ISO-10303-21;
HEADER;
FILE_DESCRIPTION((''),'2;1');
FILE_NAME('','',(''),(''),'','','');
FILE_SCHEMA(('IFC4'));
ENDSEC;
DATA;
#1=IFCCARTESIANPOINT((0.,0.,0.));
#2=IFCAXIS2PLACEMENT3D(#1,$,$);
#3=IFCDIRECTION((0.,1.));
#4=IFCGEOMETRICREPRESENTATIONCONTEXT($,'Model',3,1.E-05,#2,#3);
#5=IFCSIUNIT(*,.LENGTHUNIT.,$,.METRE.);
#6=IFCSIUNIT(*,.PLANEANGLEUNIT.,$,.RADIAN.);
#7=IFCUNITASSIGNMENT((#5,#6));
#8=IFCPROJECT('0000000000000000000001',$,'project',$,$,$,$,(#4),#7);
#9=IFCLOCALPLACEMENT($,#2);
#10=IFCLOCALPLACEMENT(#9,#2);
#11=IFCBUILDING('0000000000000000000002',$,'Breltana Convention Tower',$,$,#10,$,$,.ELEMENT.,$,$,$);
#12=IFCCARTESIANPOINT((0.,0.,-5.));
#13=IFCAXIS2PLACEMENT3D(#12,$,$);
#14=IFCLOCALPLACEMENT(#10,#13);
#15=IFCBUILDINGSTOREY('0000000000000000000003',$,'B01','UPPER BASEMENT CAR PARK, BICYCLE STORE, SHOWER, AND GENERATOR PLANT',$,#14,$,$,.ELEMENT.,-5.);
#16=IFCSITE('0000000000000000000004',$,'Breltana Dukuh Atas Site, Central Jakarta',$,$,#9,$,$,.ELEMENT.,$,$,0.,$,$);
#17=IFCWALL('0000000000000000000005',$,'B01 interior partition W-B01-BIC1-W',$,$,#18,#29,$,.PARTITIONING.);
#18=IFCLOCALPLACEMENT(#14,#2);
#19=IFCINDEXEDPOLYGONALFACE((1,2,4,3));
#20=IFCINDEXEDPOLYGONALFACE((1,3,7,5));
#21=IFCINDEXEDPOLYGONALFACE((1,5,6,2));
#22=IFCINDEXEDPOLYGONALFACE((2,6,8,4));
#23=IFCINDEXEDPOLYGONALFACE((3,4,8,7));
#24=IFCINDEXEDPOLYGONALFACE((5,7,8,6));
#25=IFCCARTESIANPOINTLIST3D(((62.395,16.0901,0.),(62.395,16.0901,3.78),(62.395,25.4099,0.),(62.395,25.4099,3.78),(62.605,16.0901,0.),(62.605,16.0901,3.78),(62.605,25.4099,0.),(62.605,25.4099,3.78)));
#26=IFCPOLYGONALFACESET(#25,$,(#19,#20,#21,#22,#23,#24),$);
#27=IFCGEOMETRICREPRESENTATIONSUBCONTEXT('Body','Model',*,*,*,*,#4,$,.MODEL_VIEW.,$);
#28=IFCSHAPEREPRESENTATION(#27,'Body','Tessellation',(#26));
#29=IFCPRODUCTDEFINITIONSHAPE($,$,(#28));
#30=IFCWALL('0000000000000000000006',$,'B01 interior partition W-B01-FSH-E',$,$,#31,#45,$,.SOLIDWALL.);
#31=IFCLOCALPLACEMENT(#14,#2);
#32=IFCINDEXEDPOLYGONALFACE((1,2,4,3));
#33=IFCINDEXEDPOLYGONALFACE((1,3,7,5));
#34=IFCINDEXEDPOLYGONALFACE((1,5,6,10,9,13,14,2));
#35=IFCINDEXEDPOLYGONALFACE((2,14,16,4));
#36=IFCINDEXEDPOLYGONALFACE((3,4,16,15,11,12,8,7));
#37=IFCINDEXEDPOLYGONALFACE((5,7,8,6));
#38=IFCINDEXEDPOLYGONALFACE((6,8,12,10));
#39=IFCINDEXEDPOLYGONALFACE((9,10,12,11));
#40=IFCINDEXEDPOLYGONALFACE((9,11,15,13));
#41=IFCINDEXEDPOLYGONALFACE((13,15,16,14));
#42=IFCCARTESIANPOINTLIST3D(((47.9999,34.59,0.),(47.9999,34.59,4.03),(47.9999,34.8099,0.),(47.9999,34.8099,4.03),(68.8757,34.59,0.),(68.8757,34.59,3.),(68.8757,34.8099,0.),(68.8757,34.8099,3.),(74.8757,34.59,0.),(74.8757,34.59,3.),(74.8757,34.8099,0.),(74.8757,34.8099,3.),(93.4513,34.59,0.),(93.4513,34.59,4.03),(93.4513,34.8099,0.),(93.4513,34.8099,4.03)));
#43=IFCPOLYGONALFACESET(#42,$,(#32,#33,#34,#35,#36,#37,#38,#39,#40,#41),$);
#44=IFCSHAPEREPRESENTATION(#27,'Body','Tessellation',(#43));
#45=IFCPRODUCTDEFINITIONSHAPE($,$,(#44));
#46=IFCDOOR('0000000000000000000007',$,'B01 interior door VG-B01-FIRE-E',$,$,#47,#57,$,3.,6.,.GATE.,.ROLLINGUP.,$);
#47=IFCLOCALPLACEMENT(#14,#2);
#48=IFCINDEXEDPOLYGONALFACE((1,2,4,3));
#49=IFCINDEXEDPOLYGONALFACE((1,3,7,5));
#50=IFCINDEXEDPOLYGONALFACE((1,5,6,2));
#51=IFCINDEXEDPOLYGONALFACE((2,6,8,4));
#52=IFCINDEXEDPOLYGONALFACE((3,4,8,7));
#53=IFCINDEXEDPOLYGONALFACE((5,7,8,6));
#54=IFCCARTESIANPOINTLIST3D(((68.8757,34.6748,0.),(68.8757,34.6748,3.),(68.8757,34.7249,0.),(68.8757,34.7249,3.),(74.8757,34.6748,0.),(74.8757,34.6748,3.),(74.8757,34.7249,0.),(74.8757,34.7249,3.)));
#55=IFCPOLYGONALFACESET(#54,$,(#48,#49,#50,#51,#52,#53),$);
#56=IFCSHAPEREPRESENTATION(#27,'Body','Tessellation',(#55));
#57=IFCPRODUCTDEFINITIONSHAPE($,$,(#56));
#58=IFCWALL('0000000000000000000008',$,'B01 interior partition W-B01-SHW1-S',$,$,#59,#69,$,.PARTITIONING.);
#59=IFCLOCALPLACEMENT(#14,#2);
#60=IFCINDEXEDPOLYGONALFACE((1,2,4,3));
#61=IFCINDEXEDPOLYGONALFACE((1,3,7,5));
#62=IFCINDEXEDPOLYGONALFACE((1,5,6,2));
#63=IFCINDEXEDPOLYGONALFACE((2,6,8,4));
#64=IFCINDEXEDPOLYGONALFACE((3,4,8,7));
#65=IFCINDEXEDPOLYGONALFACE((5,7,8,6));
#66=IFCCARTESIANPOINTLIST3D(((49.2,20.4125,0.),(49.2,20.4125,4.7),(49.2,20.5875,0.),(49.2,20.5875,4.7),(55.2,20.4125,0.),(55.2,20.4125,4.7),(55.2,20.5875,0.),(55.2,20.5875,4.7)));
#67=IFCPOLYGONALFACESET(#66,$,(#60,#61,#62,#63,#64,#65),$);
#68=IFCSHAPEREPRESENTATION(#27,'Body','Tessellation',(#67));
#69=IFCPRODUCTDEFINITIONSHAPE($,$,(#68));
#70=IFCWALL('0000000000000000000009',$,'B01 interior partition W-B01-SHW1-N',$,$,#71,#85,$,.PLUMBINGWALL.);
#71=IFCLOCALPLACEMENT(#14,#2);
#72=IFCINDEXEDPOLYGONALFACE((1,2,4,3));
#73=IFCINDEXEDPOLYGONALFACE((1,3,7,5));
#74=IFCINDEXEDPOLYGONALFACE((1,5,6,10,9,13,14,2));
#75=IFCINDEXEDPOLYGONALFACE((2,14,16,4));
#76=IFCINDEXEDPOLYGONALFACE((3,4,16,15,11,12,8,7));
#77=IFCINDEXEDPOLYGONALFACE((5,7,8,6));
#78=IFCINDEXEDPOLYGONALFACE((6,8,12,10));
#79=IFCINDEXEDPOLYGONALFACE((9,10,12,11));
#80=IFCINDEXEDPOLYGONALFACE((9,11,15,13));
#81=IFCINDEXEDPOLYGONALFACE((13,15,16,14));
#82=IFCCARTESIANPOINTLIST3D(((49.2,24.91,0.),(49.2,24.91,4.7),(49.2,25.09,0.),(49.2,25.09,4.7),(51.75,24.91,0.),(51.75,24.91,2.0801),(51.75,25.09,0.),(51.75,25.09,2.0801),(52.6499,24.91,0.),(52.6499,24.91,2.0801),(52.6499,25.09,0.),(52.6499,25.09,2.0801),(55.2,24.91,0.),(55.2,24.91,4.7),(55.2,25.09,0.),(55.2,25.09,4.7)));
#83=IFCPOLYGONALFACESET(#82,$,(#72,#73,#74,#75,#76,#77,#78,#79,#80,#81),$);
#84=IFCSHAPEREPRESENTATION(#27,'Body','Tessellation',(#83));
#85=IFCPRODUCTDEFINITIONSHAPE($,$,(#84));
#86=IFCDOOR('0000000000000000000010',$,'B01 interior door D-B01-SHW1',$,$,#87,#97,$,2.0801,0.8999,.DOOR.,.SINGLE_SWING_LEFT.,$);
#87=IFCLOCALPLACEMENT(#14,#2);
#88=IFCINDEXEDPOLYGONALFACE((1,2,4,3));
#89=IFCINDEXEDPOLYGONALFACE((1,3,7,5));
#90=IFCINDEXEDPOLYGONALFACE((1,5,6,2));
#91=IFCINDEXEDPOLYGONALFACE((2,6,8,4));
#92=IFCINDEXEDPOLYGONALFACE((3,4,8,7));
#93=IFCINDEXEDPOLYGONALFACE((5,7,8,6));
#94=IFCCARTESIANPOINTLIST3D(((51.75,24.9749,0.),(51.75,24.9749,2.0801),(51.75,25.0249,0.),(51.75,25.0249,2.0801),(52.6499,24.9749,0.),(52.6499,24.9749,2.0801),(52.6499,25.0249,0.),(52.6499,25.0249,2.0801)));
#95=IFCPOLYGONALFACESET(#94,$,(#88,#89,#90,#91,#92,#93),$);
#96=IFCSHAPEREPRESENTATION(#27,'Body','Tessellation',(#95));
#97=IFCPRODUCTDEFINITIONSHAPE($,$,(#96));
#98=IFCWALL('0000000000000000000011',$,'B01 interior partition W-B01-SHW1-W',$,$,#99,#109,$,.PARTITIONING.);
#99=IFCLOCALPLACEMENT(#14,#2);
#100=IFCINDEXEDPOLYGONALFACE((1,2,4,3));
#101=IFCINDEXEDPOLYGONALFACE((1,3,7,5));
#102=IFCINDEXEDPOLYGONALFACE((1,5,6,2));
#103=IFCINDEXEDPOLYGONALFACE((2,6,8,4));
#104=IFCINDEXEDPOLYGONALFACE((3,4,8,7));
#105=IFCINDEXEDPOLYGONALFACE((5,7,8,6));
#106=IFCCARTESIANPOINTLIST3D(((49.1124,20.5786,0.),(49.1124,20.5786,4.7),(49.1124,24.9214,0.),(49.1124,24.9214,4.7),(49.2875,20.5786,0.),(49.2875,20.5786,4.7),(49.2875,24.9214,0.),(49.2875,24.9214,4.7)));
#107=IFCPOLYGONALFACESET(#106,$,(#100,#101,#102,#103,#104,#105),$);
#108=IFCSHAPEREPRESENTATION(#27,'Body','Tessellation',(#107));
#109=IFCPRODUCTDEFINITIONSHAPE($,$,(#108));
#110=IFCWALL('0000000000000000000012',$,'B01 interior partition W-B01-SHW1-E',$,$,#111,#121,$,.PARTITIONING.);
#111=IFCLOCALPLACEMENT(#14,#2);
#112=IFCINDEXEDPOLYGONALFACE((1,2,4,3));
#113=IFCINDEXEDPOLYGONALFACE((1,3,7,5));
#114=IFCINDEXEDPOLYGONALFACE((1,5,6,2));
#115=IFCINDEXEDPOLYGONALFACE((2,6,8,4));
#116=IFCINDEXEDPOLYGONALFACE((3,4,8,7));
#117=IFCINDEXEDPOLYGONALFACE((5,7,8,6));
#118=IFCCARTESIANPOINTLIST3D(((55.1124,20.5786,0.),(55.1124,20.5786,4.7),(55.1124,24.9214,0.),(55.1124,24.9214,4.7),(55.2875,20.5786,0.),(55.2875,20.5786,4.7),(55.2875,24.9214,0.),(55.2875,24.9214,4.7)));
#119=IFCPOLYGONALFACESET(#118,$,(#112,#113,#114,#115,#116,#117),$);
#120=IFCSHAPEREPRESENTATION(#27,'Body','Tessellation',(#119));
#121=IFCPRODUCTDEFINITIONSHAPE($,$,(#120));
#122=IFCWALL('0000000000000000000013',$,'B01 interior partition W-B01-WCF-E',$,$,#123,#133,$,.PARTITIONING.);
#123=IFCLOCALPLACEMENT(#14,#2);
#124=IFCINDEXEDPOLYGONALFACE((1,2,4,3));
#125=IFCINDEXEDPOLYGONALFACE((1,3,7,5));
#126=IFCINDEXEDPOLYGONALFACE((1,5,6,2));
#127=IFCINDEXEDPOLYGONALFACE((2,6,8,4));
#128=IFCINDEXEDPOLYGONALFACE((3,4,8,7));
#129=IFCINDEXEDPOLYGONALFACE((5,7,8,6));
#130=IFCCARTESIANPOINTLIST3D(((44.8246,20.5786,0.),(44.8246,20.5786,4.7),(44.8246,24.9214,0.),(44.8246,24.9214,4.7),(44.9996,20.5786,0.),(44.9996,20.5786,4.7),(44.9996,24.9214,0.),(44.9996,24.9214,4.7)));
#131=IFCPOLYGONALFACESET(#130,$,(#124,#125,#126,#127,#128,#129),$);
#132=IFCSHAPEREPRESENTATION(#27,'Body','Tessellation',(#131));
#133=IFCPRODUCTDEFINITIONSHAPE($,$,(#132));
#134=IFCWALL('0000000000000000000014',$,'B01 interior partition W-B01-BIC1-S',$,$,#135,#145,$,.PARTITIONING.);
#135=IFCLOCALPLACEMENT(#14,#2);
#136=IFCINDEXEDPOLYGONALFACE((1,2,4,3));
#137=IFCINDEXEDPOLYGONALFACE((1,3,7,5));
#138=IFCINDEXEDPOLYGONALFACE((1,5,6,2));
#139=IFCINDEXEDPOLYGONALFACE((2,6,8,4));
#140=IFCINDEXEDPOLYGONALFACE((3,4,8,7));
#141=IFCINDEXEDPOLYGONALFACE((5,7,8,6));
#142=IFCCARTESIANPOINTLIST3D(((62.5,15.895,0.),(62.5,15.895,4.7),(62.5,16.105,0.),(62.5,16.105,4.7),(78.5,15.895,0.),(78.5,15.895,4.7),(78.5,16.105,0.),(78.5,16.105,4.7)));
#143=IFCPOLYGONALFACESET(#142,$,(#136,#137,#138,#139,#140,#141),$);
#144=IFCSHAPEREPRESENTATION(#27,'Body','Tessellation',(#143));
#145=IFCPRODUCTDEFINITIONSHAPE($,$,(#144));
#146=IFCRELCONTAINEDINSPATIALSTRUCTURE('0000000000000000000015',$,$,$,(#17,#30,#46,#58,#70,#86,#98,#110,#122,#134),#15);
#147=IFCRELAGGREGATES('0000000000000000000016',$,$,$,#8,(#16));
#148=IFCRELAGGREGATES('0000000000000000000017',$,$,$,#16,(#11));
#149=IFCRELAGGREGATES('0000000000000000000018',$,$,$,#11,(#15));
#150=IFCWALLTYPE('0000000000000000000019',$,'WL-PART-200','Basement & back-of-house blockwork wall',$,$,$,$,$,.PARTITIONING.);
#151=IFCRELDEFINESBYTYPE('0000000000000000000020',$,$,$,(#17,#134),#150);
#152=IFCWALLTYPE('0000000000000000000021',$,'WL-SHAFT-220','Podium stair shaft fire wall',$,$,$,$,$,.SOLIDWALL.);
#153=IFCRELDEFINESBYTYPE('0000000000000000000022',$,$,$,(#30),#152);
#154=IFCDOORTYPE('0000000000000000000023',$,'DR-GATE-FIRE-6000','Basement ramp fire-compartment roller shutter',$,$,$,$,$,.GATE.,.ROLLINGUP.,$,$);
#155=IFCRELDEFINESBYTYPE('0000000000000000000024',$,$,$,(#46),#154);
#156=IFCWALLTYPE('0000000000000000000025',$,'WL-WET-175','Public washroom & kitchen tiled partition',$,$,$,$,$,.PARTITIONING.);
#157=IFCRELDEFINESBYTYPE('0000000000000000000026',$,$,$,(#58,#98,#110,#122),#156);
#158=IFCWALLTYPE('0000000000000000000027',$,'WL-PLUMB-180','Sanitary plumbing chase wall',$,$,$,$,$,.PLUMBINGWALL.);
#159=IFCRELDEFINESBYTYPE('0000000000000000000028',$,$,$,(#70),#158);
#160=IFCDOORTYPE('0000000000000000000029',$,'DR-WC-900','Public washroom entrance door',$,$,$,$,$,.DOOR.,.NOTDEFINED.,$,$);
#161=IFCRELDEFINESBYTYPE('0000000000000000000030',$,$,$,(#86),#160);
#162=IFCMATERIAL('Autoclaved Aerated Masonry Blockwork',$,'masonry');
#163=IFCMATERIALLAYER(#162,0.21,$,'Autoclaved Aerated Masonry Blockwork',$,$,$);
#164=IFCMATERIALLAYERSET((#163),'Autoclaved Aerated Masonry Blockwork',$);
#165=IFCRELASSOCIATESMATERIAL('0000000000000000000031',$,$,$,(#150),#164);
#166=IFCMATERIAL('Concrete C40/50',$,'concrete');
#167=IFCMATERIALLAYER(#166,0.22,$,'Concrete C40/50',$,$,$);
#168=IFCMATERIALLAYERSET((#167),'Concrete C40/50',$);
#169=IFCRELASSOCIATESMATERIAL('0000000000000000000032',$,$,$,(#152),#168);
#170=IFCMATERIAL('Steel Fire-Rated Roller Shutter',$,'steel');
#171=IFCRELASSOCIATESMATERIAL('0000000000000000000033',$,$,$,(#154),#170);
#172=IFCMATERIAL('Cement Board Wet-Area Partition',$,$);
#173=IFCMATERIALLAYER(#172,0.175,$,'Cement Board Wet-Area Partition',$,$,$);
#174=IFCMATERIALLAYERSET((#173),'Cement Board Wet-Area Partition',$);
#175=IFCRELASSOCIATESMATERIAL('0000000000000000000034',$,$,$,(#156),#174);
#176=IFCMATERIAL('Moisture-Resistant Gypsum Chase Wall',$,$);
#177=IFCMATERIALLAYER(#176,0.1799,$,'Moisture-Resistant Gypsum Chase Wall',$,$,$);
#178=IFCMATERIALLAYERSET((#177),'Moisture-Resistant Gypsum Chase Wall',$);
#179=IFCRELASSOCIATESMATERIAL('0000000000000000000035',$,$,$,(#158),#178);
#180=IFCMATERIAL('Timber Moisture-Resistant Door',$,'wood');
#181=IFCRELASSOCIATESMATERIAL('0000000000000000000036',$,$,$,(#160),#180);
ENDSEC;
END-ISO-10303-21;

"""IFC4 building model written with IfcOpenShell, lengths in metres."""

from ifc_helpers import new_model, si_unit, direction, frame, frame_2d, origin, place, context, subcontext, project, spatial, rectangle, extrude, source, transform, mapped, material, layer, layer_set, type_object, type_shapes, element, fill, save


model = new_model("IFC4")

# Units and contexts
model_context = context("Model", 3, precision=1e-05, world=origin(), true_north=direction((0.0, 1.0)))
body_context = subcontext(model_context, "Body", "Model", "MODEL_VIEW")
ifc_project = project(units=[si_unit("LENGTHUNIT", "METRE"), si_unit("PLANEANGLEUNIT", "RADIAN")], contexts=[model_context])

# Site, building, storey
site_placement = place(None, origin())
site = spatial("IfcSite", under=ifc_project, at=site_placement, Name="Breltana Dukuh Atas Site, Central Jakarta", CompositionType="ELEMENT", RefElevation=0.0)
building_placement = place(site_placement, origin())
building = spatial("IfcBuilding", under=site, at=building_placement, Name="Breltana Convention Tower", CompositionType="ELEMENT")
storey_placement = place(building_placement, frame((0.0, 0.0, -5.0)))
storey = spatial("IfcBuildingStorey", under=building, at=storey_placement, Name="B01", Description="UPPER BASEMENT CAR PARK, BICYCLE STORE, SHOWER, AND GENERATOR PLANT", CompositionType="ELEMENT", Elevation=-5.0)

# Shared definitions
ifc_material_1 = material(Name="Concrete C40/50", Category="concrete")

# Wall
ifc_material_2 = material(Name="Autoclaved Aerated Masonry Blockwork", Category="masonry")
ifc_layer_1 = layer(ifc_material_2, 0.21, Name="Autoclaved Aerated Masonry Blockwork")
ifc_layer_set_1 = layer_set([ifc_layer_1], Name="Autoclaved Aerated Masonry Blockwork")
wall_type_1 = type_object("IfcWallType", Name="WL-PART-200", Description="Basement & back-of-house blockwork wall", PredefinedType="PARTITIONING", material=ifc_layer_set_1)
shared_shape_1 = source(origin(), body_context, "Body", "SweptSolid", [
    extrude(rectangle(XDim=9.3198, YDim=0.21, at=frame_2d((4.6599, 0.0))), origin(), (0.0, 0.0, 1.0), 3.78),
])
wall_1_placement = place(storey_placement, frame((62.5, 16.0901, 0.0), z_axis=(0.0, 0.0, 1.0), x_axis=(0.0, 1.0, 0.0)))
element("IfcWall", 1, at=wall_1_placement, inside=storey, type_object=wall_type_1, Name="B01 interior partition W-B01-BIC1-W", PredefinedType="PARTITIONING", context=body_context, shape_type="MappedRepresentation", body=[
    mapped(shared_shape_1, transform((0.0, 0.0, 0.0), scale=1.0)),
])

# Wall, opening, door
ifc_layer_2 = layer(ifc_material_1, 0.22, Name="Concrete C40/50")
ifc_layer_set_2 = layer_set([ifc_layer_2], Name="Concrete C40/50")
wall_type_2 = type_object("IfcWallType", Name="WL-SHAFT-220", Description="Podium stair shaft fire wall", PredefinedType="SOLIDWALL", material=ifc_layer_set_2)
shared_shape_2 = source(origin(), body_context, "Body", "SweptSolid", [
    extrude(rectangle(XDim=45.4514, YDim=0.22, at=frame_2d((22.7256, 0.0))), origin(), (0.0, 0.0, 1.0), 4.03),
])
wall_2_placement = place(storey_placement, frame((48.0, 34.7, 0.0), z_axis=(0.0, 0.0, 1.0), x_axis=(1.0, 0.0, 0.0)))
wall_2 = element("IfcWall", 2, at=wall_2_placement, inside=storey, type_object=wall_type_2, Name="B01 interior partition W-B01-FSH-E", PredefinedType="SOLIDWALL", context=body_context, shape_type="MappedRepresentation", body=[
    mapped(shared_shape_2, transform((0.0, 0.0, 0.0), scale=1.0)),
])
opening_1_placement = place(wall_2_placement, frame((20.8757, 0.0, 0.0)))
opening_1 = element("IfcOpeningElement", 3, at=opening_1_placement, cuts=wall_2, PredefinedType="OPENING", context=body_context, shape_type="SweptSolid", body=[
    extrude(rectangle(XDim=6.0, YDim=3.0, at=frame_2d((3.0, 1.5))), frame((0.0, 0.1201, 0.0), z_axis=(0.0, -1.0, 0.0), x_axis=(1.0, 0.0, 0.0)), (0.0, 0.0, 1.0), 0.24),
])
ifc_material_3 = material(Name="Steel Fire-Rated Roller Shutter", Category="steel")
door_type_1 = type_object("IfcDoorType", Name="DR-GATE-FIRE-6000", Description="Basement ramp fire-compartment roller shutter", OperationType="ROLLINGUP", PredefinedType="GATE", material=ifc_material_3)
shared_shape_3 = source(origin(), body_context, "Body", "SweptSolid", [
    extrude(rectangle(XDim=6.0, YDim=3.0, at=frame_2d((3.0, 1.5))), frame((0.0, 0.0249, 0.0), z_axis=(0.0, -1.0, 0.0), x_axis=(1.0, 0.0, 0.0)), (0.0, 0.0, 1.0), 0.05),
])
type_shapes(door_type_1, [shared_shape_3])
door_1_placement = place(opening_1_placement, origin())
door_1 = element("IfcDoor", 4, at=door_1_placement, inside=storey, type_object=door_type_1, Name="B01 interior door VG-B01-FIRE-E", OperationType="ROLLINGUP", OverallHeight=3.0, OverallWidth=6.0, PredefinedType="GATE", context=body_context, shape_type="MappedRepresentation", body=[
    mapped(shared_shape_3, transform((0.0, 0.0, 0.0), scale=1.0)),
])
fill(opening_1, door_1)

# Wall
ifc_material_4 = material(Name="Cement Board Wet-Area Partition")
ifc_layer_3 = layer(ifc_material_4, 0.175, Name="Cement Board Wet-Area Partition")
ifc_layer_set_3 = layer_set([ifc_layer_3], Name="Cement Board Wet-Area Partition")
wall_type_3 = type_object("IfcWallType", Name="WL-WET-175", Description="Public washroom & kitchen tiled partition", PredefinedType="PARTITIONING", material=ifc_layer_set_3)
shared_shape_4 = source(origin(), body_context, "Body", "SweptSolid", [
    extrude(rectangle(XDim=6.0, YDim=0.175, at=frame_2d((3.0, 0.0))), origin(), (0.0, 0.0, 1.0), 4.7),
])
type_shapes(wall_type_3, [shared_shape_4])
wall_3_placement = place(storey_placement, frame((49.2, 20.5, 0.0), z_axis=(0.0, 0.0, 1.0), x_axis=(1.0, 0.0, 0.0)))
element("IfcWall", 5, at=wall_3_placement, inside=storey, type_object=wall_type_3, Name="B01 interior partition W-B01-SHW1-S", PredefinedType="PARTITIONING", context=body_context, shape_type="MappedRepresentation", body=[
    mapped(shared_shape_4, transform((0.0, 0.0, 0.0), scale=1.0)),
])

# Wall, opening, door
ifc_material_5 = material(Name="Moisture-Resistant Gypsum Chase Wall")
ifc_layer_4 = layer(ifc_material_5, 0.1799, Name="Moisture-Resistant Gypsum Chase Wall")
ifc_layer_set_4 = layer_set([ifc_layer_4], Name="Moisture-Resistant Gypsum Chase Wall")
wall_type_4 = type_object("IfcWallType", Name="WL-PLUMB-180", Description="Sanitary plumbing chase wall", PredefinedType="PLUMBINGWALL", material=ifc_layer_set_4)
shared_shape_5 = source(origin(), body_context, "Body", "SweptSolid", [
    extrude(rectangle(XDim=6.0, YDim=0.1799, at=frame_2d((3.0, 0.0))), origin(), (0.0, 0.0, 1.0), 4.7),
])
type_shapes(wall_type_4, [shared_shape_5])
wall_4_placement = place(storey_placement, frame((49.2, 25.0, 0.0), z_axis=(0.0, 0.0, 1.0), x_axis=(1.0, 0.0, 0.0)))
wall_4 = element("IfcWall", 6, at=wall_4_placement, inside=storey, type_object=wall_type_4, Name="B01 interior partition W-B01-SHW1-N", PredefinedType="PLUMBINGWALL", context=body_context, shape_type="MappedRepresentation", body=[
    mapped(shared_shape_5, transform((0.0, 0.0, 0.0), scale=1.0)),
])
opening_2_placement = place(wall_4_placement, frame((2.55, 0.0, 0.0)))
opening_2 = element("IfcOpeningElement", 7, at=opening_2_placement, cuts=wall_4, PredefinedType="OPENING", context=body_context, shape_type="SweptSolid", body=[
    extrude(rectangle(XDim=0.8999, YDim=2.0801, at=frame_2d((0.45, 1.04))), frame((0.0, 0.1001, 0.0), z_axis=(0.0, -1.0, 0.0), x_axis=(1.0, 0.0, 0.0)), (0.0, 0.0, 1.0), 0.2),
])
ifc_material_6 = material(Name="Timber Moisture-Resistant Door", Category="wood")
door_type_2 = type_object("IfcDoorType", Name="DR-WC-900", Description="Public washroom entrance door", OperationType="NOTDEFINED", PredefinedType="DOOR", material=ifc_material_6)
shared_shape_6 = source(origin(), body_context, "Body", "SweptSolid", [
    extrude(rectangle(XDim=0.8999, YDim=2.0801, at=frame_2d((0.45, 1.04))), frame((0.0, 0.0249, 0.0), z_axis=(0.0, -1.0, 0.0), x_axis=(1.0, 0.0, 0.0)), (0.0, 0.0, 1.0), 0.05),
])
type_shapes(door_type_2, [shared_shape_6])
door_2_placement = place(opening_2_placement, origin())
door_2 = element("IfcDoor", 8, at=door_2_placement, inside=storey, type_object=door_type_2, Name="B01 interior door D-B01-SHW1", OperationType="SINGLE_SWING_LEFT", OverallHeight=2.0801, OverallWidth=0.8999, PredefinedType="DOOR", context=body_context, shape_type="MappedRepresentation", body=[
    mapped(shared_shape_6, transform((0.0, 0.0, 0.0), scale=1.0)),
])
fill(opening_2, door_2)

# Walls
shared_shape_7 = source(origin(), body_context, "Body", "SweptSolid", [
    extrude(rectangle(XDim=4.3428, YDim=0.175, at=frame_2d((2.1714, 0.0))), origin(), (0.0, 0.0, 1.0), 4.7),
])
for number, where, z_axis, x_axis, name in (
    (9, (49.2, 20.5786, 0.0), (0.0, 0.0, 1.0), (0.0, 1.0, 0.0), "B01 interior partition W-B01-SHW1-W"),
    (10, (55.2, 20.5786, 0.0), (0.0, 0.0, 1.0), (0.0, 1.0, 0.0), "B01 interior partition W-B01-SHW1-E"),
    (11, (44.9121, 20.5786, 0.0), (0.0, 0.0, 1.0), (0.0, 1.0, 0.0), "B01 interior partition W-B01-WCF-E"),
):
    element("IfcWall", number, at=place(storey_placement, frame(where, z_axis=z_axis, x_axis=x_axis)), inside=storey, type_object=wall_type_3, Name=name, PredefinedType="PARTITIONING", context=body_context, shape_type="MappedRepresentation", body=[
        mapped(shared_shape_7, transform((0.0, 0.0, 0.0), scale=1.0)),
    ])
shared_shape_8 = source(origin(), body_context, "Body", "SweptSolid", [
    extrude(rectangle(XDim=16.0, YDim=0.21, at=frame_2d((8.0, 0.0))), origin(), (0.0, 0.0, 1.0), 4.7),
])
wall_5_placement = place(storey_placement, frame((62.5, 16.0, 0.0), z_axis=(0.0, 0.0, 1.0), x_axis=(1.0, 0.0, 0.0)))
element("IfcWall", 12, at=wall_5_placement, inside=storey, type_object=wall_type_1, Name="B01 interior partition W-B01-BIC1-S", PredefinedType="PARTITIONING", context=body_context, shape_type="MappedRepresentation", body=[
    mapped(shared_shape_8, transform((0.0, 0.0, 0.0), scale=1.0)),
])

save(model, "model.ifc")
